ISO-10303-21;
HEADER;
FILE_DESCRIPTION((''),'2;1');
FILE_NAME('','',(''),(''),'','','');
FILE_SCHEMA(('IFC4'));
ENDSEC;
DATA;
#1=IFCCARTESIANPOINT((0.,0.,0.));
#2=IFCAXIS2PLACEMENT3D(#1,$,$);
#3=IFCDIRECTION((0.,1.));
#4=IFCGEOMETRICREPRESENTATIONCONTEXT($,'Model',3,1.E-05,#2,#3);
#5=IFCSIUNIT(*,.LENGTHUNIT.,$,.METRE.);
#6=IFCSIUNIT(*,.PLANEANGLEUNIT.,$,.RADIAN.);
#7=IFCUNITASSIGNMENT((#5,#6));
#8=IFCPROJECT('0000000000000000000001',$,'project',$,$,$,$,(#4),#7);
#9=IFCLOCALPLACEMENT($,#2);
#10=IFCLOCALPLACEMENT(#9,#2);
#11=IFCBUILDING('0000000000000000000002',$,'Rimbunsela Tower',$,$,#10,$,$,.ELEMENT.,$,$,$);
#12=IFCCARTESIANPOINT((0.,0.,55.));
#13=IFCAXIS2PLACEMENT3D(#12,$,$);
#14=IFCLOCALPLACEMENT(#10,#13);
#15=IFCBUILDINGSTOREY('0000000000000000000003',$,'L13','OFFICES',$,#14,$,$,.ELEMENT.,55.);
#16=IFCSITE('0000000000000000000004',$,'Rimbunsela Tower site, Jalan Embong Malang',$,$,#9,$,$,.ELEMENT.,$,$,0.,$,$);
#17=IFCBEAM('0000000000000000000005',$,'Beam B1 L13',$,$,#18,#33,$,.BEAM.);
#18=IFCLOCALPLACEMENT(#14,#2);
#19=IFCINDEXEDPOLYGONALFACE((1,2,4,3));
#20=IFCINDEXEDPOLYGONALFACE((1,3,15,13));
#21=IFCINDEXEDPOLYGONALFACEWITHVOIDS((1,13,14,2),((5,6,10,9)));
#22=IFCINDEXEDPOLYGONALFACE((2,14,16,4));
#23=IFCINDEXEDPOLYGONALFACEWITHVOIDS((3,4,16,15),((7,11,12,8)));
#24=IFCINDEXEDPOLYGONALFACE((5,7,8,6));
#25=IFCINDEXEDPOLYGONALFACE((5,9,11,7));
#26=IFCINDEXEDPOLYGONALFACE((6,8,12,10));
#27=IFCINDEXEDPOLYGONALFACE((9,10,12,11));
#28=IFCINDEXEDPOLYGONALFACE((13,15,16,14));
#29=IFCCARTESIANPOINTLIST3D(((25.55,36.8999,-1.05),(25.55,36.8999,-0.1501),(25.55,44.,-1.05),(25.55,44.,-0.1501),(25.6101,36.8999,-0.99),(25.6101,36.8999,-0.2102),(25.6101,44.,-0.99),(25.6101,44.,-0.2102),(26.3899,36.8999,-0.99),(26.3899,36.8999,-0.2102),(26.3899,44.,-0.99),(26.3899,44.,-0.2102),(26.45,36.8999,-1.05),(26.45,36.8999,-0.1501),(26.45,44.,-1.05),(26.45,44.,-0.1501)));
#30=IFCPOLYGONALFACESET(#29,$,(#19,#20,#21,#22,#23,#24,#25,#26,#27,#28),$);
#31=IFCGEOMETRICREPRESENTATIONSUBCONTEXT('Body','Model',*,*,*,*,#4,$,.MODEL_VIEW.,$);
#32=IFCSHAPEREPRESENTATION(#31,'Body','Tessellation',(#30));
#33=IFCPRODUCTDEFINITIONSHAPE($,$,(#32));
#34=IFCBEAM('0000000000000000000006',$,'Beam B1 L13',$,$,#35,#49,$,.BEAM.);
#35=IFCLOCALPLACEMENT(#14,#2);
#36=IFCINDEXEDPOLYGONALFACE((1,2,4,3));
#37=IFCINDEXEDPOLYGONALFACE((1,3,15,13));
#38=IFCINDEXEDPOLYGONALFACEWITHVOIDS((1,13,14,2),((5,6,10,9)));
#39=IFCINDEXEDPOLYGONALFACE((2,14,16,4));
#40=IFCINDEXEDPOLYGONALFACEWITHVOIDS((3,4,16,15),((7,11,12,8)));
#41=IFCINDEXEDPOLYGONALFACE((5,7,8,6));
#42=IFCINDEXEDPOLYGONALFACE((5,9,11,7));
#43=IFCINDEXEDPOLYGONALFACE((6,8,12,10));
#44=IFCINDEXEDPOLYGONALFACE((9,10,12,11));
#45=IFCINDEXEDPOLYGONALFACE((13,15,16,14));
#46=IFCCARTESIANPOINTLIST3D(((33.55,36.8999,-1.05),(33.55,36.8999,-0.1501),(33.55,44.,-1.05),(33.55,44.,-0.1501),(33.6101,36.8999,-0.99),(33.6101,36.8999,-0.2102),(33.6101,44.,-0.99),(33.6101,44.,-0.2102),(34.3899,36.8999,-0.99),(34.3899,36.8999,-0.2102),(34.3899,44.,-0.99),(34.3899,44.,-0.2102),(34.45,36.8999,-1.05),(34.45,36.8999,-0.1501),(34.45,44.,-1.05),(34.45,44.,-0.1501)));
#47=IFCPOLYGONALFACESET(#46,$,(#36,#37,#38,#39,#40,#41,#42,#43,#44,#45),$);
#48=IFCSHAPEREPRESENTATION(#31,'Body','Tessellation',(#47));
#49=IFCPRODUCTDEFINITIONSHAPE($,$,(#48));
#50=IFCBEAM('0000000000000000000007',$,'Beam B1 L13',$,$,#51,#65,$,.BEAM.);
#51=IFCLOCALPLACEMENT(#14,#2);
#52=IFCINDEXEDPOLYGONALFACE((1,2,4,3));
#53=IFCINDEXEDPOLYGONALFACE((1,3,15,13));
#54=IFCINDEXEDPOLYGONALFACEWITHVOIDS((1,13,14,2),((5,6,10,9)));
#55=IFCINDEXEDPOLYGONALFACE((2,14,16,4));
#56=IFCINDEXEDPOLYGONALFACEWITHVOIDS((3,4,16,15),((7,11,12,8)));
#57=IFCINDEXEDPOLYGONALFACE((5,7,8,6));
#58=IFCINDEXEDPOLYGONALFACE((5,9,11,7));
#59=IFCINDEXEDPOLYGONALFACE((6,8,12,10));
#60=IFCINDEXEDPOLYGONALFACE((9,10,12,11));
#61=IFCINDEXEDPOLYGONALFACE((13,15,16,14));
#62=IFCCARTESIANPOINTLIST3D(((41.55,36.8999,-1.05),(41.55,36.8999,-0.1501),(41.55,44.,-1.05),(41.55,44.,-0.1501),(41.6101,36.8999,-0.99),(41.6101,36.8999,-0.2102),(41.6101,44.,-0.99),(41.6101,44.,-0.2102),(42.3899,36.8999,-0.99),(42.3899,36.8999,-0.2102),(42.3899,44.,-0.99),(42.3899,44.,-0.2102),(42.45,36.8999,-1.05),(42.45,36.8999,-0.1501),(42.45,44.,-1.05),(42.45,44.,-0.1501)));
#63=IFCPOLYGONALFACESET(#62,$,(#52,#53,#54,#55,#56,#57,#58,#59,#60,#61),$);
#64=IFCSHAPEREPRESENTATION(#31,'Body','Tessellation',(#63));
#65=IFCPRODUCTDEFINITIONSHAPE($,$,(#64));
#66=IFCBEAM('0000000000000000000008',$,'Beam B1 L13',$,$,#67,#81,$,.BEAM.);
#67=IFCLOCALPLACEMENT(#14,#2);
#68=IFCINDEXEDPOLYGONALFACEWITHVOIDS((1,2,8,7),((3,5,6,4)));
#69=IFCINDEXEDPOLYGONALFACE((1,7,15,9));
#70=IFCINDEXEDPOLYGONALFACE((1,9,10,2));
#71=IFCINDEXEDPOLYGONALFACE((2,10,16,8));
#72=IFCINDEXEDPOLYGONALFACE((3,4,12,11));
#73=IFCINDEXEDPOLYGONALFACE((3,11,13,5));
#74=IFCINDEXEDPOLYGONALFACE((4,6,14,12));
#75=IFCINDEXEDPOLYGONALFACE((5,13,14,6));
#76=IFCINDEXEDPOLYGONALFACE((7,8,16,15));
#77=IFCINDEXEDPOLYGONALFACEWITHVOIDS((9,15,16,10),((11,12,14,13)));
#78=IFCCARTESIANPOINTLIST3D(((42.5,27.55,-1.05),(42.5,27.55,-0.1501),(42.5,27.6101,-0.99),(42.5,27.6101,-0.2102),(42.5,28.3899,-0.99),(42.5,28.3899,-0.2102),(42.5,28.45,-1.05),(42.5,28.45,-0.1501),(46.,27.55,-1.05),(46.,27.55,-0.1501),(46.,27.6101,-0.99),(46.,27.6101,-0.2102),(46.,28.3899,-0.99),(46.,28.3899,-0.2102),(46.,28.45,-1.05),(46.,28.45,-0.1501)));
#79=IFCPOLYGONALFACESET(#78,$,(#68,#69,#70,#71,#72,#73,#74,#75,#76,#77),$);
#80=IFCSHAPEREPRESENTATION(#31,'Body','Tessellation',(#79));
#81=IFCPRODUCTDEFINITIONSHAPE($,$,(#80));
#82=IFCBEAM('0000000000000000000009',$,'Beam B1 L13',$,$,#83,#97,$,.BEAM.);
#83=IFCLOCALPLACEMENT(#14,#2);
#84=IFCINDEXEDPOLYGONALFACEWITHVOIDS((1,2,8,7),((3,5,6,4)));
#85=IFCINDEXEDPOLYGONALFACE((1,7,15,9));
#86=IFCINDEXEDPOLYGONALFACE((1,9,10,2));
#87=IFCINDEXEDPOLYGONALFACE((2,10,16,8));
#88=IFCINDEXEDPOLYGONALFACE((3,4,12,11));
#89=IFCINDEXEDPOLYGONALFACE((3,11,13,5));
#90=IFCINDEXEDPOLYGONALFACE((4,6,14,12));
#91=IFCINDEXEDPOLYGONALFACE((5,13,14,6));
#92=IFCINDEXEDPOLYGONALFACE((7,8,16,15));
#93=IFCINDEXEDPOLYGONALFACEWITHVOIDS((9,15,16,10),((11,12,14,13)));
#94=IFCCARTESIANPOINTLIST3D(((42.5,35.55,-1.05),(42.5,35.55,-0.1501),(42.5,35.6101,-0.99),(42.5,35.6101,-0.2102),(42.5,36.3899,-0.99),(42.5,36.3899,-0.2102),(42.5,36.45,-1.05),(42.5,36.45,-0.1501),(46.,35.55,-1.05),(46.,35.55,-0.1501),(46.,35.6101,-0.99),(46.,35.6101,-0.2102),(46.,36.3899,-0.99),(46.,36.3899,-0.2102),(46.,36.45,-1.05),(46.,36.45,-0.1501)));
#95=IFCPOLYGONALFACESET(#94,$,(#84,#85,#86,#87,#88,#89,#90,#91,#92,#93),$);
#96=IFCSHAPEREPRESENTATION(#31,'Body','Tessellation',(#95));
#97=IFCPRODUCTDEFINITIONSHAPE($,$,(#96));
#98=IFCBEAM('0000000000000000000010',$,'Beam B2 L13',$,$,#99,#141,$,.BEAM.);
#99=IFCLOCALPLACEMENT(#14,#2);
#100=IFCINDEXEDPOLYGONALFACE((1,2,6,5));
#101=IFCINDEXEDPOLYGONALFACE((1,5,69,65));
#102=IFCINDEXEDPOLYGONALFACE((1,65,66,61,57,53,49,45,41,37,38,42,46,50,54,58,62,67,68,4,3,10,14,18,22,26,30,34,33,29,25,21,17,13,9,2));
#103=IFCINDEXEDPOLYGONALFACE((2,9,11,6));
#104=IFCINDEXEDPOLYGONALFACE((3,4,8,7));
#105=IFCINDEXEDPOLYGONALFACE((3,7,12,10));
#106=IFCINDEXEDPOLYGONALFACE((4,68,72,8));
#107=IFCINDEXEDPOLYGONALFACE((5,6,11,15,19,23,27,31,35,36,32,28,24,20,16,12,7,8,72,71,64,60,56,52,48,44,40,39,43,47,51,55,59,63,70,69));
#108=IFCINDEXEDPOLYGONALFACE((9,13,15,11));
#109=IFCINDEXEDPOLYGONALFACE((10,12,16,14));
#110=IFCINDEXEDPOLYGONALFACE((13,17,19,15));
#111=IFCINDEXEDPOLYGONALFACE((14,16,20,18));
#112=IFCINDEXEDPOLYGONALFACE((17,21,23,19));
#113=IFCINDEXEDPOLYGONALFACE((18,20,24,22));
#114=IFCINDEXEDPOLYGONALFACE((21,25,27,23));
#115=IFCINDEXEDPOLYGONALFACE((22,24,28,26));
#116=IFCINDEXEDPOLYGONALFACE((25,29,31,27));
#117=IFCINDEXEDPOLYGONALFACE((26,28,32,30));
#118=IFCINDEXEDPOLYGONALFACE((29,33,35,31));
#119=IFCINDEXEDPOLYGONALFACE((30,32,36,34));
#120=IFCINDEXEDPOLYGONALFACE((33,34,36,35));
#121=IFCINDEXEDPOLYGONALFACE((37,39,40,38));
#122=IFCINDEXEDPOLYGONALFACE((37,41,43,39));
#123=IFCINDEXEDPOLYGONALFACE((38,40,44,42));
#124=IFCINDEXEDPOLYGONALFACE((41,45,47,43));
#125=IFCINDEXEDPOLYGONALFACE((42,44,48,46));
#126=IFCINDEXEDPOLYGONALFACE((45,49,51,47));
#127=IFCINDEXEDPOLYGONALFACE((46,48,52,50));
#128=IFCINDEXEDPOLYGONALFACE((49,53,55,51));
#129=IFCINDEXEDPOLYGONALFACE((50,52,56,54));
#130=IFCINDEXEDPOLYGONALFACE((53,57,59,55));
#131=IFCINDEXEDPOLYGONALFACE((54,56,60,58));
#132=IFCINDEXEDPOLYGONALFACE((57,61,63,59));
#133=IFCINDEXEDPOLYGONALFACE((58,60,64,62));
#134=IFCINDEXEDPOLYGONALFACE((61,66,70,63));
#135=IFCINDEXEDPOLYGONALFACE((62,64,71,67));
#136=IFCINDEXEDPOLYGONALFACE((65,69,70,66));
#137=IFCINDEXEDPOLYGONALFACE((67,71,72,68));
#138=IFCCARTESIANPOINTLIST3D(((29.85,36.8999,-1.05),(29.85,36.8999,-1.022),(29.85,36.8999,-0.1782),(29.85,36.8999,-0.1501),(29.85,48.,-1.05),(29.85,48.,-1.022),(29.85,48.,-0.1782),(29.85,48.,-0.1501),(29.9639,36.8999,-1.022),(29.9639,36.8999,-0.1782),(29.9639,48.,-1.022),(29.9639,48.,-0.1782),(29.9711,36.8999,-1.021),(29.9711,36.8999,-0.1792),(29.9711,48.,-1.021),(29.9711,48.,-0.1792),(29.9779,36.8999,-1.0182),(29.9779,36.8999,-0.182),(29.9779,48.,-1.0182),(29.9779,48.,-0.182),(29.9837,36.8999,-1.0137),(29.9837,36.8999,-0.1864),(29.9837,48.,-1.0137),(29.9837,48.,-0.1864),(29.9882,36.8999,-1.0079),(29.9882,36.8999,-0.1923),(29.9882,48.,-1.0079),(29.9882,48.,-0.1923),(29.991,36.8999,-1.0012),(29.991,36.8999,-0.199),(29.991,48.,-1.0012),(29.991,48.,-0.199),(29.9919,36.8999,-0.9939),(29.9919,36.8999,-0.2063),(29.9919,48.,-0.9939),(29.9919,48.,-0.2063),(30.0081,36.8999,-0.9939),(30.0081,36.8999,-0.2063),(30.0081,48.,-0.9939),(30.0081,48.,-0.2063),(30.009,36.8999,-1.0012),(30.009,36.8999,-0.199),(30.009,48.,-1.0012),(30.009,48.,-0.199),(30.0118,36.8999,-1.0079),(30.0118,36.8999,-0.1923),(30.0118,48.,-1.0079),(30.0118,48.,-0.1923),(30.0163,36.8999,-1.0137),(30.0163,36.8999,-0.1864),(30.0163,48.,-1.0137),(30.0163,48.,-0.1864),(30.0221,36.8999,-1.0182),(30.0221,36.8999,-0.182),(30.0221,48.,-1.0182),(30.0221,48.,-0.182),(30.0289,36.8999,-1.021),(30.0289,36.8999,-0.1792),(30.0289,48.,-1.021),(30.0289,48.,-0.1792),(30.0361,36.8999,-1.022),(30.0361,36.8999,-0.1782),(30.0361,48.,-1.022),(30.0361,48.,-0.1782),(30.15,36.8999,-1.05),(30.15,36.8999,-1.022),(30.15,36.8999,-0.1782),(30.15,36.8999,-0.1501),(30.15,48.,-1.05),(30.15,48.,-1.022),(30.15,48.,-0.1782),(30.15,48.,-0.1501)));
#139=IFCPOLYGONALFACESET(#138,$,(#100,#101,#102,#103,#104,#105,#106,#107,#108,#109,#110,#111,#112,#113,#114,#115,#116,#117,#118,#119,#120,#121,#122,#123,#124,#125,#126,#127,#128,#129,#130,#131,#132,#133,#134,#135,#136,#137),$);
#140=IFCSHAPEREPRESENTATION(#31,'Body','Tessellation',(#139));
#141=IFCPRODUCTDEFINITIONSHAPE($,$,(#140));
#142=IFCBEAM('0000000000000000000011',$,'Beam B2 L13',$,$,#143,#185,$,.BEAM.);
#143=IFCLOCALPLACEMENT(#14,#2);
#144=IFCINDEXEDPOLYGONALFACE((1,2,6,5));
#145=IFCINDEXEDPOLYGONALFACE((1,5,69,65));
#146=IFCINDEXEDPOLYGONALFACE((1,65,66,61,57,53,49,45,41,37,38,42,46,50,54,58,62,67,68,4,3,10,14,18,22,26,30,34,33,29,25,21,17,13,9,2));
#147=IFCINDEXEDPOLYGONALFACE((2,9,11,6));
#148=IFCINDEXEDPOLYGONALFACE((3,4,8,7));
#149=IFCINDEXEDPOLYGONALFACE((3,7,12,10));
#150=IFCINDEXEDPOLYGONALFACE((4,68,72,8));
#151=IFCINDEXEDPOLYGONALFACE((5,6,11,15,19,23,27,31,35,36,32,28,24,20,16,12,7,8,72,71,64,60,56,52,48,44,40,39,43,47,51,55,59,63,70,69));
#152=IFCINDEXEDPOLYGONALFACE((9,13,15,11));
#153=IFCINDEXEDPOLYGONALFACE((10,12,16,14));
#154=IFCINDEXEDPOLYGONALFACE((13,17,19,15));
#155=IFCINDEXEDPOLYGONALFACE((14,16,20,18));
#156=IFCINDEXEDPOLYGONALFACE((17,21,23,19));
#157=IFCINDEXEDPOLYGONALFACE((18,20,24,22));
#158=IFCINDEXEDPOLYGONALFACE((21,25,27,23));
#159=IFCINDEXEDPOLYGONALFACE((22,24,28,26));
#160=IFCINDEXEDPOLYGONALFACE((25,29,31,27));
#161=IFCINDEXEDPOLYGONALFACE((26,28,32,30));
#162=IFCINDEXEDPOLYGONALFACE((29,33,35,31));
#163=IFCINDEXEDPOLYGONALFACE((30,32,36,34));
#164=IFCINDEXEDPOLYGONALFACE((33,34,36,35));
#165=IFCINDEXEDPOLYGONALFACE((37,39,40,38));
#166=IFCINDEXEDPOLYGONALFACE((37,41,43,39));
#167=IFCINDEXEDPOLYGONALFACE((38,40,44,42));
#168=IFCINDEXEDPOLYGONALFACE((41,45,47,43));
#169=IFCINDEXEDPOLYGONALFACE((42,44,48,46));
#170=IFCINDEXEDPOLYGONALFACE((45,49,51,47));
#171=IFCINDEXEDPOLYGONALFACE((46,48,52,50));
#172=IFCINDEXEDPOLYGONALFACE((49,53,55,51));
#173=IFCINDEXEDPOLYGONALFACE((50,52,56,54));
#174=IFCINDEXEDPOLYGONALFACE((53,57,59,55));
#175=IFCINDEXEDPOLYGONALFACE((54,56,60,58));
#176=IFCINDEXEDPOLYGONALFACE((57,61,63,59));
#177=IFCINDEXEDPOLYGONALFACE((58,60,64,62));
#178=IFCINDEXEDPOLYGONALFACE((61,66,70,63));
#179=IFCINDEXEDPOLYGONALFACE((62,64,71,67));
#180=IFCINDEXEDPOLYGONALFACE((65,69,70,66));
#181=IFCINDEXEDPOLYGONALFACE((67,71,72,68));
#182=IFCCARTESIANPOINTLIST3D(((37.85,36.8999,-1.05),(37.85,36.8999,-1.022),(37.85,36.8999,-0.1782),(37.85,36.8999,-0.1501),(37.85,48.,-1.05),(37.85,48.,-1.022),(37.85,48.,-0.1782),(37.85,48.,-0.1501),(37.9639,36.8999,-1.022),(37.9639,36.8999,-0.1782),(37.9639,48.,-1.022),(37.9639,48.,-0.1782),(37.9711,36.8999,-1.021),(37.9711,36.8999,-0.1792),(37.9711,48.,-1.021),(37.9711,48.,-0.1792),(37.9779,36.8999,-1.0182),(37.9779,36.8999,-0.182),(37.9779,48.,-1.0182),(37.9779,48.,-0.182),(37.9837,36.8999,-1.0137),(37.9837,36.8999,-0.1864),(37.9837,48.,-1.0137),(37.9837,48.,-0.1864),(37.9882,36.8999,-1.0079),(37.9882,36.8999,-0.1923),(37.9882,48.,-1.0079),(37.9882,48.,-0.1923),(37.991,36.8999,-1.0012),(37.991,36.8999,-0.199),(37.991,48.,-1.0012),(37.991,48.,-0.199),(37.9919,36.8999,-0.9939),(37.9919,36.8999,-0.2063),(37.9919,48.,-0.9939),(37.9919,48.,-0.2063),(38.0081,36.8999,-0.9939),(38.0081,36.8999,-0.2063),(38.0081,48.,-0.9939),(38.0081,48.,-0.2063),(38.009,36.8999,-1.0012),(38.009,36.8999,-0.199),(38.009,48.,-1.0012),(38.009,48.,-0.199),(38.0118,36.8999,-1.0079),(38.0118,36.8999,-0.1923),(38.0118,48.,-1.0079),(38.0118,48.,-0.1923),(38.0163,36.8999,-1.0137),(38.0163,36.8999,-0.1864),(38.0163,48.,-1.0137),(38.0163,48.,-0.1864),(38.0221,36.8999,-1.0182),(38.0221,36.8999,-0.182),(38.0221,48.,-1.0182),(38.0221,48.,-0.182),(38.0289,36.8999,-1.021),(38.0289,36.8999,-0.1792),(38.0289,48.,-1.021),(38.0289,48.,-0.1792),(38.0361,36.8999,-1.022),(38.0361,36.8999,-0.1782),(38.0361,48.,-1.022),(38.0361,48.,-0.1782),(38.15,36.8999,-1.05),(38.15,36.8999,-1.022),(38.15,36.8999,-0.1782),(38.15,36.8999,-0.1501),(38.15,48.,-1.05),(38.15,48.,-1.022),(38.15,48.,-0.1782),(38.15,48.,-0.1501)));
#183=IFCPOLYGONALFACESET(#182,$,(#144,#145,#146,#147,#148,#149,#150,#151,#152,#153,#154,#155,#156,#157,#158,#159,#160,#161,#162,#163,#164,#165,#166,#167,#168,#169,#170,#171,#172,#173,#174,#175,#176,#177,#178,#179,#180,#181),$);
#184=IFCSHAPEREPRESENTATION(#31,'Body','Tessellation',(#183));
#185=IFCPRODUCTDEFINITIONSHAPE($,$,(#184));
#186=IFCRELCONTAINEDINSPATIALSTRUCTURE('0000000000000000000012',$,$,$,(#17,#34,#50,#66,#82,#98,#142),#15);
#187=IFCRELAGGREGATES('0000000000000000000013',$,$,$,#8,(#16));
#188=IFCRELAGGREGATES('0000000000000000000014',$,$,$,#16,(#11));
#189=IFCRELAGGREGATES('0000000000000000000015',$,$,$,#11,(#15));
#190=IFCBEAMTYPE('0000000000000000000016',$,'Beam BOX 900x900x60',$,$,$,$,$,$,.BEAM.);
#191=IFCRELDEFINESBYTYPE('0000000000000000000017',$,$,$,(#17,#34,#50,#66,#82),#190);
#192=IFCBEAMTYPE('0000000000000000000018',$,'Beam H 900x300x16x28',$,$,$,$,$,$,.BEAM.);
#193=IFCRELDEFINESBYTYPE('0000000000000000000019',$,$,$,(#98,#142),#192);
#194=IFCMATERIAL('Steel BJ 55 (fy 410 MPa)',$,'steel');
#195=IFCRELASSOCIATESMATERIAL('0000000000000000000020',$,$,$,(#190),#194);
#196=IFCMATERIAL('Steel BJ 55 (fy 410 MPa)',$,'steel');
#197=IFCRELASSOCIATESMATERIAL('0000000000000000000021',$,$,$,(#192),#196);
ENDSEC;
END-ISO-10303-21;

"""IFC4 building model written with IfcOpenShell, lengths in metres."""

from ifc_helpers import new_model, si_unit, direction, frame, origin, origin_2d, place, context, subcontext, project, spatial, hollow_rectangle, i_section, extrude, material, material_profile, profile_set, type_object, element, save


model = new_model("IFC4")

# Units and contexts
model_context = context("Model", 3, precision=1e-05, world=origin(), true_north=direction((0.0, 1.0)))
body_context = subcontext(model_context, "Body", "Model", "MODEL_VIEW")
ifc_project = project(units=[si_unit("LENGTHUNIT", "METRE"), si_unit("PLANEANGLEUNIT", "RADIAN")], contexts=[model_context])

# Site, building, storey
site_placement = place(None, origin())
site = spatial("IfcSite", under=ifc_project, at=site_placement, Name="Rimbunsela Tower site, Jalan Embong Malang", CompositionType="ELEMENT", RefElevation=0.0)
building_placement = place(site_placement, origin())
building = spatial("IfcBuilding", under=site, at=building_placement, Name="Rimbunsela Tower", CompositionType="ELEMENT")
storey_placement = place(building_placement, frame((0.0, 0.0, 55.0)))
storey = spatial("IfcBuildingStorey", under=building, at=storey_placement, Name="L13", Description="OFFICES", CompositionType="ELEMENT", Elevation=55.0)

# Beams
ifc_material_1 = material(Name="Steel BJ 55 (fy 410 MPa)", Category="steel")
ifc_material_profile_1 = material_profile(ifc_material_1, hollow_rectangle(XDim=0.8999, YDim=0.8999, WallThickness=0.0601, at=origin_2d()), Name="BOX 900x900x60")
ifc_profile_set_1 = profile_set([ifc_material_profile_1], Name="Steel BJ 55 (fy 410 MPa)")
beam_type_1 = type_object("IfcBeamType", Name="Beam BOX 900x900x60", PredefinedType="BEAM", material=ifc_profile_set_1)
for number, where, z_axis, x_axis, name in (
    (1, (26.0, 36.8999, -0.6001), (0.0, 1.0, 0.0), (-1.0, 0.0, 0.0), "Beam B1 L13"),
    (2, (34.0, 36.8999, -0.6001), (0.0, 1.0, 0.0), (-1.0, 0.0, 0.0), "Beam B1 L13"),
    (3, (42.0, 36.8999, -0.6001), (0.0, 1.0, 0.0), (-1.0, 0.0, 0.0), "Beam B1 L13"),
):
    element("IfcBeam", number, at=place(storey_placement, frame(where, z_axis=z_axis, x_axis=x_axis)), inside=storey, type_object=beam_type_1, Name=name, PredefinedType="BEAM", context=body_context, shape_type="SweptSolid", body=[
        extrude(hollow_rectangle(XDim=0.8999, YDim=0.8999, WallThickness=0.0601, at=origin_2d()), origin(), (0.0, 0.0, 1.0), 7.1001),
    ])
for number, where, z_axis, x_axis, name in (
    (4, (42.5, 28.0, -0.6001), (1.0, 0.0, 0.0), (0.0, 1.0, 0.0), "Beam B1 L13"),
    (5, (42.5, 36.0, -0.6001), (1.0, 0.0, 0.0), (0.0, 1.0, 0.0), "Beam B1 L13"),
):
    element("IfcBeam", number, at=place(storey_placement, frame(where, z_axis=z_axis, x_axis=x_axis)), inside=storey, type_object=beam_type_1, Name=name, PredefinedType="BEAM", context=body_context, shape_type="SweptSolid", body=[
        extrude(hollow_rectangle(XDim=0.8999, YDim=0.8999, WallThickness=0.0601, at=origin_2d()), origin(), (0.0, 0.0, 1.0), 3.5),
    ])
ifc_material_2 = material(Name="Steel BJ 55 (fy 410 MPa)", Category="steel")
ifc_material_profile_2 = material_profile(ifc_material_2, i_section(OverallWidth=0.3, OverallDepth=0.8999, WebThickness=0.0161, FlangeThickness=0.0281, FilletRadius=0.0281, at=origin_2d()), Name="H 900x300x16x28")
ifc_profile_set_2 = profile_set([ifc_material_profile_2], Name="Steel BJ 55 (fy 410 MPa)")
beam_type_2 = type_object("IfcBeamType", Name="Beam H 900x300x16x28", PredefinedType="BEAM", material=ifc_profile_set_2)
for number, where, z_axis, x_axis, name in (
    (6, (30.0, 36.8999, -0.6001), (0.0, 1.0, 0.0), (-1.0, 0.0, 0.0), "Beam B2 L13"),
    (7, (38.0, 36.8999, -0.6001), (0.0, 1.0, 0.0), (-1.0, 0.0, 0.0), "Beam B2 L13"),
):
    element("IfcBeam", number, at=place(storey_placement, frame(where, z_axis=z_axis, x_axis=x_axis)), inside=storey, type_object=beam_type_2, Name=name, PredefinedType="BEAM", context=body_context, shape_type="SweptSolid", body=[
        extrude(i_section(OverallWidth=0.3, OverallDepth=0.8999, WebThickness=0.0161, FlangeThickness=0.0281, FilletRadius=0.0281, at=origin_2d()), origin(), (0.0, 0.0, 1.0), 11.1001),
    ])

save(model, "model.ifc")
